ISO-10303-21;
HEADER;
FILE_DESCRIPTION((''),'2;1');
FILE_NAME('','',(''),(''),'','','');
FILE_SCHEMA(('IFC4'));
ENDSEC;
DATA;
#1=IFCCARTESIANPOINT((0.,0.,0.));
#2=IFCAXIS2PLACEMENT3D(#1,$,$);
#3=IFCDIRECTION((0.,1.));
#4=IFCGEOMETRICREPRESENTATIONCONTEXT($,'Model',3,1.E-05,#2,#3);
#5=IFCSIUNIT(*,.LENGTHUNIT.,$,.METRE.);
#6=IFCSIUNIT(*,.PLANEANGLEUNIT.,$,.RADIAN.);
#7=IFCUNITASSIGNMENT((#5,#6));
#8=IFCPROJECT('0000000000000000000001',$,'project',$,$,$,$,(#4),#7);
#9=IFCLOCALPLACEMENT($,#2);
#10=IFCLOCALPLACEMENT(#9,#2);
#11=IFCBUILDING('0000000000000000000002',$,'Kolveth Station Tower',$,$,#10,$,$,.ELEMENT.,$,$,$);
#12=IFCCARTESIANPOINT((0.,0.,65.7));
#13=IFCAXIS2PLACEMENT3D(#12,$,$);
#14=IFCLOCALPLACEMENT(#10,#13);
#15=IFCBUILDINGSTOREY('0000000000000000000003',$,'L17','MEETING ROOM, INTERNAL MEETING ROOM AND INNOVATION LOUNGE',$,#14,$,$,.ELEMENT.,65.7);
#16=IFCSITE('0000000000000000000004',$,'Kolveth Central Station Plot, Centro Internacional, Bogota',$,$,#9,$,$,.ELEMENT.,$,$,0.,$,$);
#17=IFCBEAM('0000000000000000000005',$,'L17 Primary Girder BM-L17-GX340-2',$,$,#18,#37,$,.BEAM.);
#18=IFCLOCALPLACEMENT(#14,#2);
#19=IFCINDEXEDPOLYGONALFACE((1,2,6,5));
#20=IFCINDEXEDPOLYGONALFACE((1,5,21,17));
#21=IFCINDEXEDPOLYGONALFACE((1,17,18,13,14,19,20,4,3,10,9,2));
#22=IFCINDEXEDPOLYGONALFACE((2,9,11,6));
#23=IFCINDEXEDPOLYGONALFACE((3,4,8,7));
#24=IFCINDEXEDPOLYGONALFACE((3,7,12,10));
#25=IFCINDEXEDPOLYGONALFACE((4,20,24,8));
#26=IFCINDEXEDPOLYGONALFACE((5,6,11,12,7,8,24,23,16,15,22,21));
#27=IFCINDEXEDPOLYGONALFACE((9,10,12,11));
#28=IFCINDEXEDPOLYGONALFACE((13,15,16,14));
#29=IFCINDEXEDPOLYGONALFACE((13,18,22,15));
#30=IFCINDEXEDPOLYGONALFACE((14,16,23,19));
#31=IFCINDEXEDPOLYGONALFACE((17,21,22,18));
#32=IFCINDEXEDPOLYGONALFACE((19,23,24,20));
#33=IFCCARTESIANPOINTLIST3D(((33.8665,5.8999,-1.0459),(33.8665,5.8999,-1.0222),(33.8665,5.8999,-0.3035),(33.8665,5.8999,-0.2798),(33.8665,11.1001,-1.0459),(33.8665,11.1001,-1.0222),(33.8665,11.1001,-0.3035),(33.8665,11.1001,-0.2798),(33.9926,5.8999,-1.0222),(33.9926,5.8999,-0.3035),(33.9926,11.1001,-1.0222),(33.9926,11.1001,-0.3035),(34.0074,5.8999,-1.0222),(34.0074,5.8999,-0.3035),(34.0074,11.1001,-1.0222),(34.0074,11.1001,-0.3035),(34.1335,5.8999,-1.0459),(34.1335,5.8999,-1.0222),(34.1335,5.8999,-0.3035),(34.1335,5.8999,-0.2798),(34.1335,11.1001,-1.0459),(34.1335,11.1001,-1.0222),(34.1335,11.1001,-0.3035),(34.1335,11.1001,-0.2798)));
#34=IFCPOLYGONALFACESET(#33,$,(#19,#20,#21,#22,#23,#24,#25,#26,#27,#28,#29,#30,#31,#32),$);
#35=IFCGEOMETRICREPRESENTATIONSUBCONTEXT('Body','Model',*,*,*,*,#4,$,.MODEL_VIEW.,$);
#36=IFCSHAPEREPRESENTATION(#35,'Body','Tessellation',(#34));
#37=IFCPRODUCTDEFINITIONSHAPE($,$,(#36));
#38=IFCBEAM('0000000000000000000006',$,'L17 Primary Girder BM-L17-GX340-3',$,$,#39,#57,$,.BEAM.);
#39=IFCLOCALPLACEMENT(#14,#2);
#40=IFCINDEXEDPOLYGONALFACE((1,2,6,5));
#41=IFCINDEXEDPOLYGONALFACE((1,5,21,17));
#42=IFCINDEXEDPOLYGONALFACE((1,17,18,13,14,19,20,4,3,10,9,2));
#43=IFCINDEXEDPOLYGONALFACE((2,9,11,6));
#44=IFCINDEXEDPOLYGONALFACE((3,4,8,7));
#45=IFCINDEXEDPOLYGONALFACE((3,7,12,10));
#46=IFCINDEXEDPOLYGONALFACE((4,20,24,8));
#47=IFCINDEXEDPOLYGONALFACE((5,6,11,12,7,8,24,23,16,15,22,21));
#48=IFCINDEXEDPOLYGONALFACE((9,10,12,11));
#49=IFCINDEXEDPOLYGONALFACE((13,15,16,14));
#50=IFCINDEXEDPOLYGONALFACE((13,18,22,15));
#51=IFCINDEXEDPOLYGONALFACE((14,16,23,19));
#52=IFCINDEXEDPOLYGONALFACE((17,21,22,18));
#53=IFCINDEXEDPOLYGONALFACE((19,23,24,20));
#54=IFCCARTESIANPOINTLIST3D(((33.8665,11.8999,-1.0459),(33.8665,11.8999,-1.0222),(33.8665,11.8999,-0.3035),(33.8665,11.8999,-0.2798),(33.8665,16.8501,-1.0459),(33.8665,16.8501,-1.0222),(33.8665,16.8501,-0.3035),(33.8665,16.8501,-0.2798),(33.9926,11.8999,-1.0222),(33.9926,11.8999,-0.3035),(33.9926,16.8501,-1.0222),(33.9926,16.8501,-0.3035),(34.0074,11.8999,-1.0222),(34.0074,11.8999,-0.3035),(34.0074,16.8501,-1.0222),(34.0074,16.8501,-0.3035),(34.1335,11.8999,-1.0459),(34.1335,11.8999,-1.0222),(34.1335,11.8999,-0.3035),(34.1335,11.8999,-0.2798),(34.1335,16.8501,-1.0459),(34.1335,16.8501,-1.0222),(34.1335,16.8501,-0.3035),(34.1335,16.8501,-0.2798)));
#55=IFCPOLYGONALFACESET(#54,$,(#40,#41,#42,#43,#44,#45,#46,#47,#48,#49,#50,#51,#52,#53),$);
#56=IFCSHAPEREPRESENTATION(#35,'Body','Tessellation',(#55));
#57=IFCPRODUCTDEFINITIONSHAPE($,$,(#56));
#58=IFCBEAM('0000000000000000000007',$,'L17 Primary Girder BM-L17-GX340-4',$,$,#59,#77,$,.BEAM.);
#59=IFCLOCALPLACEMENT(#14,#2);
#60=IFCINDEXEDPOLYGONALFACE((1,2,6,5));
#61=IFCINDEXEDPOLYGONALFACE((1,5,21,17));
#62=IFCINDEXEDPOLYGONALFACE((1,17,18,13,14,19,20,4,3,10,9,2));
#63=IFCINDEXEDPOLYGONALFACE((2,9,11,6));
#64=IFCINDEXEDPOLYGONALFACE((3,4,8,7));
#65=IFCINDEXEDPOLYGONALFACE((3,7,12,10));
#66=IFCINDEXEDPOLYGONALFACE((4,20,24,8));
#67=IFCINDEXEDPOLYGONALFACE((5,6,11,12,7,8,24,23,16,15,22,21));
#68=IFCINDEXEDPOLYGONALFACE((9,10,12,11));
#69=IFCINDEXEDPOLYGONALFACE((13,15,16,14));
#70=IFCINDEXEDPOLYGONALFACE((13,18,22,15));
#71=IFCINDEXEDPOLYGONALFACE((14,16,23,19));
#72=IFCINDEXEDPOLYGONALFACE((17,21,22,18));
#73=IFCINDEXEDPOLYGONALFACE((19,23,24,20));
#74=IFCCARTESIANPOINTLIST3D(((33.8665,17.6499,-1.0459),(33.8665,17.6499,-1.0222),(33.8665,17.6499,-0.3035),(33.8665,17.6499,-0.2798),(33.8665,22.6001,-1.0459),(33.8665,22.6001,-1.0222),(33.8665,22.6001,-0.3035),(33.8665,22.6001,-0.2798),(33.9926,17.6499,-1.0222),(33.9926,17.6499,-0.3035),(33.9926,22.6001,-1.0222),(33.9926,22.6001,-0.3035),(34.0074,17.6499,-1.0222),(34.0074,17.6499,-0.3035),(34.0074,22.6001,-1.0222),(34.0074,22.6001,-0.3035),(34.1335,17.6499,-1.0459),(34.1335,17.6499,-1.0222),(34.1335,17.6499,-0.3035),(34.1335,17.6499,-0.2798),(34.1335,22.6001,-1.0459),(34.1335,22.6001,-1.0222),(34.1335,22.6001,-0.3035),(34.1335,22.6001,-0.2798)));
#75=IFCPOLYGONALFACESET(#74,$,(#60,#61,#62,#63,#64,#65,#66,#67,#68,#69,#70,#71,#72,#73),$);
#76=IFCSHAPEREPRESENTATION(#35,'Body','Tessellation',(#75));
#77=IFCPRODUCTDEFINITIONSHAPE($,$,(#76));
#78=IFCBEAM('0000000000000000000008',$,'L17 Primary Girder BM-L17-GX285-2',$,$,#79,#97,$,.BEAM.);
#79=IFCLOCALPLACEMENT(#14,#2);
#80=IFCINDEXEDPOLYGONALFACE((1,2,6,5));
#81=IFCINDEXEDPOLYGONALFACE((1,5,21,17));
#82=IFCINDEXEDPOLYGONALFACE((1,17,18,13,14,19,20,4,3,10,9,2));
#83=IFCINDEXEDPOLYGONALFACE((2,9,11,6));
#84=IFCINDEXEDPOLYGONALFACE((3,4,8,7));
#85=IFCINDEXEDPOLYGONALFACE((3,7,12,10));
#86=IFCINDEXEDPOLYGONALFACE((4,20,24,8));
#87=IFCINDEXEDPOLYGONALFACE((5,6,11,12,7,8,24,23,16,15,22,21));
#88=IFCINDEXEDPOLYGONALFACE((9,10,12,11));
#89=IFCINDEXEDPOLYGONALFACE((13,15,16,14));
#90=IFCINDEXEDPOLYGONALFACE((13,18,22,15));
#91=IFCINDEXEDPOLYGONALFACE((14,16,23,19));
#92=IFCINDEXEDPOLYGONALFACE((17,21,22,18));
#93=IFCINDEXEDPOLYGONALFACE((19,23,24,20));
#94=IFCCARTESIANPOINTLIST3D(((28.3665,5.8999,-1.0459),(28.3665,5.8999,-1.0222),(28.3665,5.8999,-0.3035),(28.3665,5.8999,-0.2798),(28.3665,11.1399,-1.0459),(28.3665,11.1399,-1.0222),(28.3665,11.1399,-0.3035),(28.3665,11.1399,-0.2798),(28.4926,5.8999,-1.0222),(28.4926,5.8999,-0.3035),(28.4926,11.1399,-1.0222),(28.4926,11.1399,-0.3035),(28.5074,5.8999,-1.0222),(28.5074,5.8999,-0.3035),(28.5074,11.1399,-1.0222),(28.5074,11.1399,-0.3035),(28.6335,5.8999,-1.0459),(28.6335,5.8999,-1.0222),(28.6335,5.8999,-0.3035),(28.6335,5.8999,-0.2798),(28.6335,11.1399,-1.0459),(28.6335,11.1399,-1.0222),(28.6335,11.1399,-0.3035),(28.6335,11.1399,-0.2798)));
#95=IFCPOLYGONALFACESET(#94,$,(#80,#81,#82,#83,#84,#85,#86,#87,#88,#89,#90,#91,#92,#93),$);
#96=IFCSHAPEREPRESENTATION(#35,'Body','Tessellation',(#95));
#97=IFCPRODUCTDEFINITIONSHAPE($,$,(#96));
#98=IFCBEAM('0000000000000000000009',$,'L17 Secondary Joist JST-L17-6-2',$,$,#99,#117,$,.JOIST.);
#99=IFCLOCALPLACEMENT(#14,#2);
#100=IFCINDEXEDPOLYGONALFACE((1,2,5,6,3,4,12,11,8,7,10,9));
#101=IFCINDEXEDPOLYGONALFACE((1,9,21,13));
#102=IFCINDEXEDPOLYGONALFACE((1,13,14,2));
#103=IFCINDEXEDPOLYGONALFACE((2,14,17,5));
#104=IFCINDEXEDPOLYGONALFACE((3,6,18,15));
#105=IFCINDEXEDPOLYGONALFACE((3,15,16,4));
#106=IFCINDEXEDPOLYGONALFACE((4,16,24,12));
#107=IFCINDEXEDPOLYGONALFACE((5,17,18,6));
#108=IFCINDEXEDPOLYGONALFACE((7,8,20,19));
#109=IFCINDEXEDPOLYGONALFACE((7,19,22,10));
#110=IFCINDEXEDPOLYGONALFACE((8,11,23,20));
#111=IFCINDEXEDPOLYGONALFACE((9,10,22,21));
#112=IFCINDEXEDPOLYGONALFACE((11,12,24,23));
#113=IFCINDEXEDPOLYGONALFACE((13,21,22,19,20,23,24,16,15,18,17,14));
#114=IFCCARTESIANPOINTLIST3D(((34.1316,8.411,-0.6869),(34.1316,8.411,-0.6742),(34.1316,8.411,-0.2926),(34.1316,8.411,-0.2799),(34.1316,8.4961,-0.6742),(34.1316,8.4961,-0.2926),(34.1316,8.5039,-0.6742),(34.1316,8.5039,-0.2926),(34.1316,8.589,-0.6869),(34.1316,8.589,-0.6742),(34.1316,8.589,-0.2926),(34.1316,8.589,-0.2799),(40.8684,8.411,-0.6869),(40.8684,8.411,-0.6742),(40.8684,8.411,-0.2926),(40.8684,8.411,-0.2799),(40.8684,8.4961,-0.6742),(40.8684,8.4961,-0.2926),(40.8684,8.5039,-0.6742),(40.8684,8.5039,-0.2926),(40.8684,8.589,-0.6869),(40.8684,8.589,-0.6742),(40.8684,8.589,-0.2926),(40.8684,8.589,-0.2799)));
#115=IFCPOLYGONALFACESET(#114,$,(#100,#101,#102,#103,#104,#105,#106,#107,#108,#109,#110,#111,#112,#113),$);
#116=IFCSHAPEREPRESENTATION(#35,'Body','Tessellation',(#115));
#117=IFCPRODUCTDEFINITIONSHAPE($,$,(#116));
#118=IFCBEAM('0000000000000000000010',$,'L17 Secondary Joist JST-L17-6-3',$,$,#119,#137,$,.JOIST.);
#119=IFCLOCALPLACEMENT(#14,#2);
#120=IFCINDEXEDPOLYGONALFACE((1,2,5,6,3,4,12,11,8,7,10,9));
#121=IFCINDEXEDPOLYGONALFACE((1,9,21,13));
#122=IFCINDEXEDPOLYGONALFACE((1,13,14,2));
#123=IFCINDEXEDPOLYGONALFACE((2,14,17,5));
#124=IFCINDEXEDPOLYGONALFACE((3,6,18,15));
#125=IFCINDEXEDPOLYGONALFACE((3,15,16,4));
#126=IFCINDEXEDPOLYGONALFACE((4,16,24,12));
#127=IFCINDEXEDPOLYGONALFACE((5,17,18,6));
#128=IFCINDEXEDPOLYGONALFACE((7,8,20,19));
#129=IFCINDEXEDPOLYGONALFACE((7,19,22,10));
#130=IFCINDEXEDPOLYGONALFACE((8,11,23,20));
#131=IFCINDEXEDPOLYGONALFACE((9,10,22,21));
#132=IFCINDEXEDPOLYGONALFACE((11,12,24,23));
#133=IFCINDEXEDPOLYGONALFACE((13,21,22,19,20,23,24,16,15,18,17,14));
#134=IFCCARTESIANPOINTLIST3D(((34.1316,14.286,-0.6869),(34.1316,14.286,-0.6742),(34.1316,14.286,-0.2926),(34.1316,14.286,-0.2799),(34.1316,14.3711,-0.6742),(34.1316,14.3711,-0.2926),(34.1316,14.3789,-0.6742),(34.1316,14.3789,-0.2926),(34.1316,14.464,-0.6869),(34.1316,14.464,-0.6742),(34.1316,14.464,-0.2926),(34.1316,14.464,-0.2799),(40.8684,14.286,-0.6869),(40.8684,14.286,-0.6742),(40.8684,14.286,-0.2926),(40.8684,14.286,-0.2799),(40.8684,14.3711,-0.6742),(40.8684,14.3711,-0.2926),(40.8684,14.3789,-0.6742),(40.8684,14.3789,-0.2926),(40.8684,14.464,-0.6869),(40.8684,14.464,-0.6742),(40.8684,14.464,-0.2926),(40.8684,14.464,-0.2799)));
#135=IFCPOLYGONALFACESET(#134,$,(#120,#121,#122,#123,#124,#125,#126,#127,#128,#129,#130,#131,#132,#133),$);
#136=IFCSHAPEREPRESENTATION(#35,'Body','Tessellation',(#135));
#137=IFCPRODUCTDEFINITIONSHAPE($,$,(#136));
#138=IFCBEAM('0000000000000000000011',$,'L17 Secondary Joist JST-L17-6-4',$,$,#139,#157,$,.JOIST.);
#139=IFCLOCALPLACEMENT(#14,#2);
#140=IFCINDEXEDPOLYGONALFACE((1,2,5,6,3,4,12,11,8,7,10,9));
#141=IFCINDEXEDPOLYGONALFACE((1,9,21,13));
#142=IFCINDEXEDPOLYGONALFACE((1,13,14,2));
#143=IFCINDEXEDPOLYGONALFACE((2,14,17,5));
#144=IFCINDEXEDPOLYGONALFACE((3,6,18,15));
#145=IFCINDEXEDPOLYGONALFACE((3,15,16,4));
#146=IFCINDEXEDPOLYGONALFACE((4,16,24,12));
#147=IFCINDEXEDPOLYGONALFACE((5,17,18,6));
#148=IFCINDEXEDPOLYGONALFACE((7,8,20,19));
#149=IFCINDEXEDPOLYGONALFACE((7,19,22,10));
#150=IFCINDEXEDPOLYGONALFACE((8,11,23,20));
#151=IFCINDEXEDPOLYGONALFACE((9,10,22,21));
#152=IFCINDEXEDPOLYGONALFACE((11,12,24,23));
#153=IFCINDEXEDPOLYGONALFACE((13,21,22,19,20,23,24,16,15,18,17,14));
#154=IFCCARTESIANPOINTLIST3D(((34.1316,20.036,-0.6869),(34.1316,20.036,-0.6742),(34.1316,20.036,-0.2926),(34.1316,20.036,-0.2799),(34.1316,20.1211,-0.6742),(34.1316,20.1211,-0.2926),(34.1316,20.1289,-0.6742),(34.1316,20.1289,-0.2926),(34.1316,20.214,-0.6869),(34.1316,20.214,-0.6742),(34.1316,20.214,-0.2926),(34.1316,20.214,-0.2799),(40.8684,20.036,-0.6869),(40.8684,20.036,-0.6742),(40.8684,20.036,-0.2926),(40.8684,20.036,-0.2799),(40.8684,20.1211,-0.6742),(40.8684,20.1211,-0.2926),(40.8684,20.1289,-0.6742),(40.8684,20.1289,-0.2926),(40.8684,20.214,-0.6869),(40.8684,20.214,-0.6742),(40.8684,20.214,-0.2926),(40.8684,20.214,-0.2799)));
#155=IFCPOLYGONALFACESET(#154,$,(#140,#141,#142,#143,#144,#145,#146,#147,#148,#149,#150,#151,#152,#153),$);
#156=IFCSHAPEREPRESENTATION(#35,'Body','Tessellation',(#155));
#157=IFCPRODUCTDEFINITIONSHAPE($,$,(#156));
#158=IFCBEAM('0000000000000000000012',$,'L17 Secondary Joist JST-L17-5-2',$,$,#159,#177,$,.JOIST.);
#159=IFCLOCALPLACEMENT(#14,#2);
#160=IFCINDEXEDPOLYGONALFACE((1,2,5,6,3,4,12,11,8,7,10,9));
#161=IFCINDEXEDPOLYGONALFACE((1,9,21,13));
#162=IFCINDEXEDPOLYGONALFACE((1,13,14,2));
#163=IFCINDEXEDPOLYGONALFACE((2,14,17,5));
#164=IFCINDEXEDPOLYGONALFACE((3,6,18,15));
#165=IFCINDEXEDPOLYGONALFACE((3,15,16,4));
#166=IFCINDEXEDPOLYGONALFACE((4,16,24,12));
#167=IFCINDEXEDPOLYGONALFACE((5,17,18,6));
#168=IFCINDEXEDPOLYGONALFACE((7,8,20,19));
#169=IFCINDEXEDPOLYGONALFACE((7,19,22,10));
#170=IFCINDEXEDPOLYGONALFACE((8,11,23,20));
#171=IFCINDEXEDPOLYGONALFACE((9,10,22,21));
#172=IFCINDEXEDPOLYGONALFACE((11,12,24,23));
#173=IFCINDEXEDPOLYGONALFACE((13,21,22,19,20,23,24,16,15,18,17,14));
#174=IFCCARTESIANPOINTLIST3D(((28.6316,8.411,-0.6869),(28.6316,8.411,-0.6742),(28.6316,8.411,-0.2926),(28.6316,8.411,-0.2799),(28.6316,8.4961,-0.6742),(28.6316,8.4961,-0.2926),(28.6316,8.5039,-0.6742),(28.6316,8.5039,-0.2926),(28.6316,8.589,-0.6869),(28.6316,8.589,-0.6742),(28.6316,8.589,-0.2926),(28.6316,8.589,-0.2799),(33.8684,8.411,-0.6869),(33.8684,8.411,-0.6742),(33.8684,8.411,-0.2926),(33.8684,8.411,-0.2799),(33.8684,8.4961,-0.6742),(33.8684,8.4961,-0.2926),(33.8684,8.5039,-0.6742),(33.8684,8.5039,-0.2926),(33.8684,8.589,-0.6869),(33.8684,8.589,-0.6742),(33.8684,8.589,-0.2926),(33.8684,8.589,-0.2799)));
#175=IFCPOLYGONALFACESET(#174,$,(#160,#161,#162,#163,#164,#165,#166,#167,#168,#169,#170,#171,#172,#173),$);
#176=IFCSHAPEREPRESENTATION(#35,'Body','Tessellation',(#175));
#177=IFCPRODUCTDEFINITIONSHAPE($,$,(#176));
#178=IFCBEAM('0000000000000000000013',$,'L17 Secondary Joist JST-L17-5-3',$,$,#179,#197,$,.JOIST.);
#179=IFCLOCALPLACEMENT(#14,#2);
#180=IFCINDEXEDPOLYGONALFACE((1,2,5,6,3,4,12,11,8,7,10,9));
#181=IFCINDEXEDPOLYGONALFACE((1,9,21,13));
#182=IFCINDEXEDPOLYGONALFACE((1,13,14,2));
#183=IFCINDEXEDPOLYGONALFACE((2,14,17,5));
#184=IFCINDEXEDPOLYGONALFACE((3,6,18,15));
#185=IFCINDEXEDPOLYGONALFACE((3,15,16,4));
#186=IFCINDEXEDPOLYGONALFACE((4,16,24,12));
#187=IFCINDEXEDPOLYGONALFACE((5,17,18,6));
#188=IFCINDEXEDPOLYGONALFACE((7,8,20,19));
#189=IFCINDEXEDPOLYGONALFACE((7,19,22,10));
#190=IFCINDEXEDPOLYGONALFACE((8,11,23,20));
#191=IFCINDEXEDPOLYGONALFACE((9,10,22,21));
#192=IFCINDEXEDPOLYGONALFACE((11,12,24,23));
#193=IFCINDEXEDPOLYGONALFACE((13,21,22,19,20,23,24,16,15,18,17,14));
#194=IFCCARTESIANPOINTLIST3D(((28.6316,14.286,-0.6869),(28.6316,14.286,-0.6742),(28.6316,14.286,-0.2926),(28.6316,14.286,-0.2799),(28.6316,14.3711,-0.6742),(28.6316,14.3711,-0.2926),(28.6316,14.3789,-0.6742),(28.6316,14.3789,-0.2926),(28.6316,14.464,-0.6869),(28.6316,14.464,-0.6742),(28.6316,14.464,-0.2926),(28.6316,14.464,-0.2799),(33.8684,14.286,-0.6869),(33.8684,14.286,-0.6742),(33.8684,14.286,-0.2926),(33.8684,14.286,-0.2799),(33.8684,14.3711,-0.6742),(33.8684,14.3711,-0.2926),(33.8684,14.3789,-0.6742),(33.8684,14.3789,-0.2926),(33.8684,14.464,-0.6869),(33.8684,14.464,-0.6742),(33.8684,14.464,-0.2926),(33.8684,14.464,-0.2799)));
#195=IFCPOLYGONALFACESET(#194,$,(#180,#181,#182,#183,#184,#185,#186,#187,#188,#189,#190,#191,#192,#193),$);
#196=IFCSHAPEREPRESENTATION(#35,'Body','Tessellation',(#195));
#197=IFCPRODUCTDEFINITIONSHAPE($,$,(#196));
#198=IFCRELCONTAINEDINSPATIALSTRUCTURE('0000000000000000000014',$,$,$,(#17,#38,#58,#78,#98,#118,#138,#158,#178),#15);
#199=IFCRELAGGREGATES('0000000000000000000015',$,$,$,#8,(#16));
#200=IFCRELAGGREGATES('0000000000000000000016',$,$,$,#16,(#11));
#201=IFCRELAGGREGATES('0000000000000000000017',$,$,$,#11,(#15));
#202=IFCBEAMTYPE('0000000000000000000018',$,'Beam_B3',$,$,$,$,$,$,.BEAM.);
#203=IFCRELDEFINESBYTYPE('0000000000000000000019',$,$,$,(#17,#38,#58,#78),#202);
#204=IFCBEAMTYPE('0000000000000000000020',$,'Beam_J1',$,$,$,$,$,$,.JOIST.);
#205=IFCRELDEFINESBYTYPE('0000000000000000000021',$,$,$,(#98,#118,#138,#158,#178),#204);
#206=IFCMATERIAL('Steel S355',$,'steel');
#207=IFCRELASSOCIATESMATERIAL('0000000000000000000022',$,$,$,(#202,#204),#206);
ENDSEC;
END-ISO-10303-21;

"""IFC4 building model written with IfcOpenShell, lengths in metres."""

from ifc_helpers import new_model, si_unit, direction, frame, origin, origin_2d, place, context, subcontext, project, spatial, i_section, extrude, source, transform, mapped, material, material_profile, profile_set, type_object, element, save


model = new_model("IFC4")

# Units and contexts
model_context = context("Model", 3, precision=1e-05, world=origin(), true_north=direction((0.0, 1.0)))
body_context = subcontext(model_context, "Body", "Model", "MODEL_VIEW")
ifc_project = project(units=[si_unit("LENGTHUNIT", "METRE"), si_unit("PLANEANGLEUNIT", "RADIAN")], contexts=[model_context])

# Site, building, storey
site_placement = place(None, origin())
site = spatial("IfcSite", under=ifc_project, at=site_placement, Name="Kolveth Central Station Plot, Centro Internacional, Bogota", CompositionType="ELEMENT", RefElevation=0.0)
building_placement = place(site_placement, origin())
building = spatial("IfcBuilding", under=site, at=building_placement, Name="Kolveth Station Tower", CompositionType="ELEMENT")
storey_placement = place(building_placement, frame((0.0, 0.0, 65.7)))
storey = spatial("IfcBuildingStorey", under=building, at=storey_placement, Name="L17", Description="MEETING ROOM, INTERNAL MEETING ROOM AND INNOVATION LOUNGE", CompositionType="ELEMENT", Elevation=65.7)

# Beams
ifc_material_1 = material(Name="Steel S355", Category="steel")
ifc_material_profile_1 = material_profile(ifc_material_1, i_section(OverallWidth=0.2671, OverallDepth=0.7661, WebThickness=0.0149, FlangeThickness=0.0237, at=origin_2d()), Name="W760x185")
ifc_profile_set_1 = profile_set([ifc_material_profile_1], Name="Steel S355")
beam_type_1 = type_object("IfcBeamType", Name="Beam_B3", PredefinedType="BEAM", material=ifc_profile_set_1)
shared_shape_1 = source(origin(), body_context, "Body", "SweptSolid", [
    extrude(i_section(OverallWidth=0.2671, OverallDepth=0.7661, WebThickness=0.0149, FlangeThickness=0.0237, at=origin_2d()), origin(), (0.0, 0.0, 1.0), 5.2002),
])
beam_1_placement = place(storey_placement, frame((34.0, 5.8999, -0.6628), z_axis=(0.0, 1.0, 0.0), x_axis=(-1.0, 0.0, 0.0)))
element("IfcBeam", 1, at=beam_1_placement, inside=storey, type_object=beam_type_1, Name="L17 Primary Girder BM-L17-GX340-2", PredefinedType="BEAM", context=body_context, shape_type="MappedRepresentation", body=[
    mapped(shared_shape_1, transform((0.0, 0.0, 0.0), x_axis=(1.0, 0.0, 0.0), y_axis=(0.0, 1.0, 0.0), z_axis=(0.0, 0.0, 1.0), scale=1.0)),
])
shared_shape_2 = source(origin(), body_context, "Body", "SweptSolid", [
    extrude(i_section(OverallWidth=0.2671, OverallDepth=0.7661, WebThickness=0.0149, FlangeThickness=0.0237, at=origin_2d()), origin(), (0.0, 0.0, 1.0), 4.9502),
])
for number, where, z_axis, x_axis, name in (
    (2, (34.0, 11.8999, -0.6628), (0.0, 1.0, 0.0), (-1.0, 0.0, 0.0), "L17 Primary Girder BM-L17-GX340-3"),
    (3, (34.0, 17.6499, -0.6628), (0.0, 1.0, 0.0), (-1.0, 0.0, 0.0), "L17 Primary Girder BM-L17-GX340-4"),
):
    element("IfcBeam", number, at=place(storey_placement, frame(where, z_axis=z_axis, x_axis=x_axis)), inside=storey, type_object=beam_type_1, Name=name, PredefinedType="BEAM", context=body_context, shape_type="MappedRepresentation", body=[
        mapped(shared_shape_2, transform((0.0, 0.0, 0.0), x_axis=(1.0, 0.0, 0.0), y_axis=(0.0, 1.0, 0.0), z_axis=(0.0, 0.0, 1.0), scale=1.0)),
    ])
shared_shape_3 = source(origin(), body_context, "Body", "SweptSolid", [
    extrude(i_section(OverallWidth=0.2671, OverallDepth=0.7661, WebThickness=0.0149, FlangeThickness=0.0237, at=origin_2d()), origin(), (0.0, 0.0, 1.0), 5.24),
])
beam_2_placement = place(storey_placement, frame((28.5, 5.8999, -0.6628), z_axis=(0.0, 1.0, 0.0), x_axis=(-1.0, 0.0, 0.0)))
element("IfcBeam", 4, at=beam_2_placement, inside=storey, type_object=beam_type_1, Name="L17 Primary Girder BM-L17-GX285-2", PredefinedType="BEAM", context=body_context, shape_type="MappedRepresentation", body=[
    mapped(shared_shape_3, transform((0.0, 0.0, 0.0), x_axis=(1.0, 0.0, 0.0), y_axis=(0.0, 1.0, 0.0), z_axis=(0.0, 0.0, 1.0), scale=1.0)),
])
ifc_material_profile_2 = material_profile(ifc_material_1, i_section(OverallWidth=0.178, OverallDepth=0.407, WebThickness=0.0078, FlangeThickness=0.0127, at=origin_2d()), Name="W410x60")
ifc_profile_set_2 = profile_set([ifc_material_profile_2], Name="Steel S355")
beam_type_2 = type_object("IfcBeamType", Name="Beam_J1", PredefinedType="JOIST", material=ifc_profile_set_2)
shared_shape_4 = source(origin(), body_context, "Body", "SweptSolid", [
    extrude(i_section(OverallWidth=0.178, OverallDepth=0.407, WebThickness=0.0078, FlangeThickness=0.0127, at=origin_2d()), origin(), (0.0, 0.0, 1.0), 6.7368),
])
for number, where, z_axis, x_axis, name in (
    (5, (34.1316, 8.5, -0.4834), (1.0, 0.0, 0.0), (0.0, 1.0, 0.0), "L17 Secondary Joist JST-L17-6-2"),
    (6, (34.1316, 14.375, -0.4834), (1.0, 0.0, 0.0), (0.0, 1.0, 0.0), "L17 Secondary Joist JST-L17-6-3"),
    (7, (34.1316, 20.125, -0.4834), (1.0, 0.0, 0.0), (0.0, 1.0, 0.0), "L17 Secondary Joist JST-L17-6-4"),
):
    element("IfcBeam", number, at=place(storey_placement, frame(where, z_axis=z_axis, x_axis=x_axis)), inside=storey, type_object=beam_type_2, Name=name, PredefinedType="JOIST", context=body_context, shape_type="MappedRepresentation", body=[
        mapped(shared_shape_4, transform((0.0, 0.0, 0.0), x_axis=(1.0, 0.0, 0.0), y_axis=(0.0, 1.0, 0.0), z_axis=(0.0, 0.0, 1.0), scale=1.0)),
    ])
shared_shape_5 = source(origin(), body_context, "Body", "SweptSolid", [
    extrude(i_section(OverallWidth=0.178, OverallDepth=0.407, WebThickness=0.0078, FlangeThickness=0.0127, at=origin_2d()), origin(), (0.0, 0.0, 1.0), 5.2368),
])
for number, where, z_axis, x_axis, name in (
    (8, (28.6316, 8.5, -0.4834), (1.0, 0.0, 0.0), (0.0, 1.0, 0.0), "L17 Secondary Joist JST-L17-5-2"),
    (9, (28.6316, 14.375, -0.4834), (1.0, 0.0, 0.0), (0.0, 1.0, 0.0), "L17 Secondary Joist JST-L17-5-3"),
):
    element("IfcBeam", number, at=place(storey_placement, frame(where, z_axis=z_axis, x_axis=x_axis)), inside=storey, type_object=beam_type_2, Name=name, PredefinedType="JOIST", context=body_context, shape_type="MappedRepresentation", body=[
        mapped(shared_shape_5, transform((0.0, 0.0, 0.0), x_axis=(1.0, 0.0, 0.0), y_axis=(0.0, 1.0, 0.0), z_axis=(0.0, 0.0, 1.0), scale=1.0)),
    ])

save(model, "model.ifc")
